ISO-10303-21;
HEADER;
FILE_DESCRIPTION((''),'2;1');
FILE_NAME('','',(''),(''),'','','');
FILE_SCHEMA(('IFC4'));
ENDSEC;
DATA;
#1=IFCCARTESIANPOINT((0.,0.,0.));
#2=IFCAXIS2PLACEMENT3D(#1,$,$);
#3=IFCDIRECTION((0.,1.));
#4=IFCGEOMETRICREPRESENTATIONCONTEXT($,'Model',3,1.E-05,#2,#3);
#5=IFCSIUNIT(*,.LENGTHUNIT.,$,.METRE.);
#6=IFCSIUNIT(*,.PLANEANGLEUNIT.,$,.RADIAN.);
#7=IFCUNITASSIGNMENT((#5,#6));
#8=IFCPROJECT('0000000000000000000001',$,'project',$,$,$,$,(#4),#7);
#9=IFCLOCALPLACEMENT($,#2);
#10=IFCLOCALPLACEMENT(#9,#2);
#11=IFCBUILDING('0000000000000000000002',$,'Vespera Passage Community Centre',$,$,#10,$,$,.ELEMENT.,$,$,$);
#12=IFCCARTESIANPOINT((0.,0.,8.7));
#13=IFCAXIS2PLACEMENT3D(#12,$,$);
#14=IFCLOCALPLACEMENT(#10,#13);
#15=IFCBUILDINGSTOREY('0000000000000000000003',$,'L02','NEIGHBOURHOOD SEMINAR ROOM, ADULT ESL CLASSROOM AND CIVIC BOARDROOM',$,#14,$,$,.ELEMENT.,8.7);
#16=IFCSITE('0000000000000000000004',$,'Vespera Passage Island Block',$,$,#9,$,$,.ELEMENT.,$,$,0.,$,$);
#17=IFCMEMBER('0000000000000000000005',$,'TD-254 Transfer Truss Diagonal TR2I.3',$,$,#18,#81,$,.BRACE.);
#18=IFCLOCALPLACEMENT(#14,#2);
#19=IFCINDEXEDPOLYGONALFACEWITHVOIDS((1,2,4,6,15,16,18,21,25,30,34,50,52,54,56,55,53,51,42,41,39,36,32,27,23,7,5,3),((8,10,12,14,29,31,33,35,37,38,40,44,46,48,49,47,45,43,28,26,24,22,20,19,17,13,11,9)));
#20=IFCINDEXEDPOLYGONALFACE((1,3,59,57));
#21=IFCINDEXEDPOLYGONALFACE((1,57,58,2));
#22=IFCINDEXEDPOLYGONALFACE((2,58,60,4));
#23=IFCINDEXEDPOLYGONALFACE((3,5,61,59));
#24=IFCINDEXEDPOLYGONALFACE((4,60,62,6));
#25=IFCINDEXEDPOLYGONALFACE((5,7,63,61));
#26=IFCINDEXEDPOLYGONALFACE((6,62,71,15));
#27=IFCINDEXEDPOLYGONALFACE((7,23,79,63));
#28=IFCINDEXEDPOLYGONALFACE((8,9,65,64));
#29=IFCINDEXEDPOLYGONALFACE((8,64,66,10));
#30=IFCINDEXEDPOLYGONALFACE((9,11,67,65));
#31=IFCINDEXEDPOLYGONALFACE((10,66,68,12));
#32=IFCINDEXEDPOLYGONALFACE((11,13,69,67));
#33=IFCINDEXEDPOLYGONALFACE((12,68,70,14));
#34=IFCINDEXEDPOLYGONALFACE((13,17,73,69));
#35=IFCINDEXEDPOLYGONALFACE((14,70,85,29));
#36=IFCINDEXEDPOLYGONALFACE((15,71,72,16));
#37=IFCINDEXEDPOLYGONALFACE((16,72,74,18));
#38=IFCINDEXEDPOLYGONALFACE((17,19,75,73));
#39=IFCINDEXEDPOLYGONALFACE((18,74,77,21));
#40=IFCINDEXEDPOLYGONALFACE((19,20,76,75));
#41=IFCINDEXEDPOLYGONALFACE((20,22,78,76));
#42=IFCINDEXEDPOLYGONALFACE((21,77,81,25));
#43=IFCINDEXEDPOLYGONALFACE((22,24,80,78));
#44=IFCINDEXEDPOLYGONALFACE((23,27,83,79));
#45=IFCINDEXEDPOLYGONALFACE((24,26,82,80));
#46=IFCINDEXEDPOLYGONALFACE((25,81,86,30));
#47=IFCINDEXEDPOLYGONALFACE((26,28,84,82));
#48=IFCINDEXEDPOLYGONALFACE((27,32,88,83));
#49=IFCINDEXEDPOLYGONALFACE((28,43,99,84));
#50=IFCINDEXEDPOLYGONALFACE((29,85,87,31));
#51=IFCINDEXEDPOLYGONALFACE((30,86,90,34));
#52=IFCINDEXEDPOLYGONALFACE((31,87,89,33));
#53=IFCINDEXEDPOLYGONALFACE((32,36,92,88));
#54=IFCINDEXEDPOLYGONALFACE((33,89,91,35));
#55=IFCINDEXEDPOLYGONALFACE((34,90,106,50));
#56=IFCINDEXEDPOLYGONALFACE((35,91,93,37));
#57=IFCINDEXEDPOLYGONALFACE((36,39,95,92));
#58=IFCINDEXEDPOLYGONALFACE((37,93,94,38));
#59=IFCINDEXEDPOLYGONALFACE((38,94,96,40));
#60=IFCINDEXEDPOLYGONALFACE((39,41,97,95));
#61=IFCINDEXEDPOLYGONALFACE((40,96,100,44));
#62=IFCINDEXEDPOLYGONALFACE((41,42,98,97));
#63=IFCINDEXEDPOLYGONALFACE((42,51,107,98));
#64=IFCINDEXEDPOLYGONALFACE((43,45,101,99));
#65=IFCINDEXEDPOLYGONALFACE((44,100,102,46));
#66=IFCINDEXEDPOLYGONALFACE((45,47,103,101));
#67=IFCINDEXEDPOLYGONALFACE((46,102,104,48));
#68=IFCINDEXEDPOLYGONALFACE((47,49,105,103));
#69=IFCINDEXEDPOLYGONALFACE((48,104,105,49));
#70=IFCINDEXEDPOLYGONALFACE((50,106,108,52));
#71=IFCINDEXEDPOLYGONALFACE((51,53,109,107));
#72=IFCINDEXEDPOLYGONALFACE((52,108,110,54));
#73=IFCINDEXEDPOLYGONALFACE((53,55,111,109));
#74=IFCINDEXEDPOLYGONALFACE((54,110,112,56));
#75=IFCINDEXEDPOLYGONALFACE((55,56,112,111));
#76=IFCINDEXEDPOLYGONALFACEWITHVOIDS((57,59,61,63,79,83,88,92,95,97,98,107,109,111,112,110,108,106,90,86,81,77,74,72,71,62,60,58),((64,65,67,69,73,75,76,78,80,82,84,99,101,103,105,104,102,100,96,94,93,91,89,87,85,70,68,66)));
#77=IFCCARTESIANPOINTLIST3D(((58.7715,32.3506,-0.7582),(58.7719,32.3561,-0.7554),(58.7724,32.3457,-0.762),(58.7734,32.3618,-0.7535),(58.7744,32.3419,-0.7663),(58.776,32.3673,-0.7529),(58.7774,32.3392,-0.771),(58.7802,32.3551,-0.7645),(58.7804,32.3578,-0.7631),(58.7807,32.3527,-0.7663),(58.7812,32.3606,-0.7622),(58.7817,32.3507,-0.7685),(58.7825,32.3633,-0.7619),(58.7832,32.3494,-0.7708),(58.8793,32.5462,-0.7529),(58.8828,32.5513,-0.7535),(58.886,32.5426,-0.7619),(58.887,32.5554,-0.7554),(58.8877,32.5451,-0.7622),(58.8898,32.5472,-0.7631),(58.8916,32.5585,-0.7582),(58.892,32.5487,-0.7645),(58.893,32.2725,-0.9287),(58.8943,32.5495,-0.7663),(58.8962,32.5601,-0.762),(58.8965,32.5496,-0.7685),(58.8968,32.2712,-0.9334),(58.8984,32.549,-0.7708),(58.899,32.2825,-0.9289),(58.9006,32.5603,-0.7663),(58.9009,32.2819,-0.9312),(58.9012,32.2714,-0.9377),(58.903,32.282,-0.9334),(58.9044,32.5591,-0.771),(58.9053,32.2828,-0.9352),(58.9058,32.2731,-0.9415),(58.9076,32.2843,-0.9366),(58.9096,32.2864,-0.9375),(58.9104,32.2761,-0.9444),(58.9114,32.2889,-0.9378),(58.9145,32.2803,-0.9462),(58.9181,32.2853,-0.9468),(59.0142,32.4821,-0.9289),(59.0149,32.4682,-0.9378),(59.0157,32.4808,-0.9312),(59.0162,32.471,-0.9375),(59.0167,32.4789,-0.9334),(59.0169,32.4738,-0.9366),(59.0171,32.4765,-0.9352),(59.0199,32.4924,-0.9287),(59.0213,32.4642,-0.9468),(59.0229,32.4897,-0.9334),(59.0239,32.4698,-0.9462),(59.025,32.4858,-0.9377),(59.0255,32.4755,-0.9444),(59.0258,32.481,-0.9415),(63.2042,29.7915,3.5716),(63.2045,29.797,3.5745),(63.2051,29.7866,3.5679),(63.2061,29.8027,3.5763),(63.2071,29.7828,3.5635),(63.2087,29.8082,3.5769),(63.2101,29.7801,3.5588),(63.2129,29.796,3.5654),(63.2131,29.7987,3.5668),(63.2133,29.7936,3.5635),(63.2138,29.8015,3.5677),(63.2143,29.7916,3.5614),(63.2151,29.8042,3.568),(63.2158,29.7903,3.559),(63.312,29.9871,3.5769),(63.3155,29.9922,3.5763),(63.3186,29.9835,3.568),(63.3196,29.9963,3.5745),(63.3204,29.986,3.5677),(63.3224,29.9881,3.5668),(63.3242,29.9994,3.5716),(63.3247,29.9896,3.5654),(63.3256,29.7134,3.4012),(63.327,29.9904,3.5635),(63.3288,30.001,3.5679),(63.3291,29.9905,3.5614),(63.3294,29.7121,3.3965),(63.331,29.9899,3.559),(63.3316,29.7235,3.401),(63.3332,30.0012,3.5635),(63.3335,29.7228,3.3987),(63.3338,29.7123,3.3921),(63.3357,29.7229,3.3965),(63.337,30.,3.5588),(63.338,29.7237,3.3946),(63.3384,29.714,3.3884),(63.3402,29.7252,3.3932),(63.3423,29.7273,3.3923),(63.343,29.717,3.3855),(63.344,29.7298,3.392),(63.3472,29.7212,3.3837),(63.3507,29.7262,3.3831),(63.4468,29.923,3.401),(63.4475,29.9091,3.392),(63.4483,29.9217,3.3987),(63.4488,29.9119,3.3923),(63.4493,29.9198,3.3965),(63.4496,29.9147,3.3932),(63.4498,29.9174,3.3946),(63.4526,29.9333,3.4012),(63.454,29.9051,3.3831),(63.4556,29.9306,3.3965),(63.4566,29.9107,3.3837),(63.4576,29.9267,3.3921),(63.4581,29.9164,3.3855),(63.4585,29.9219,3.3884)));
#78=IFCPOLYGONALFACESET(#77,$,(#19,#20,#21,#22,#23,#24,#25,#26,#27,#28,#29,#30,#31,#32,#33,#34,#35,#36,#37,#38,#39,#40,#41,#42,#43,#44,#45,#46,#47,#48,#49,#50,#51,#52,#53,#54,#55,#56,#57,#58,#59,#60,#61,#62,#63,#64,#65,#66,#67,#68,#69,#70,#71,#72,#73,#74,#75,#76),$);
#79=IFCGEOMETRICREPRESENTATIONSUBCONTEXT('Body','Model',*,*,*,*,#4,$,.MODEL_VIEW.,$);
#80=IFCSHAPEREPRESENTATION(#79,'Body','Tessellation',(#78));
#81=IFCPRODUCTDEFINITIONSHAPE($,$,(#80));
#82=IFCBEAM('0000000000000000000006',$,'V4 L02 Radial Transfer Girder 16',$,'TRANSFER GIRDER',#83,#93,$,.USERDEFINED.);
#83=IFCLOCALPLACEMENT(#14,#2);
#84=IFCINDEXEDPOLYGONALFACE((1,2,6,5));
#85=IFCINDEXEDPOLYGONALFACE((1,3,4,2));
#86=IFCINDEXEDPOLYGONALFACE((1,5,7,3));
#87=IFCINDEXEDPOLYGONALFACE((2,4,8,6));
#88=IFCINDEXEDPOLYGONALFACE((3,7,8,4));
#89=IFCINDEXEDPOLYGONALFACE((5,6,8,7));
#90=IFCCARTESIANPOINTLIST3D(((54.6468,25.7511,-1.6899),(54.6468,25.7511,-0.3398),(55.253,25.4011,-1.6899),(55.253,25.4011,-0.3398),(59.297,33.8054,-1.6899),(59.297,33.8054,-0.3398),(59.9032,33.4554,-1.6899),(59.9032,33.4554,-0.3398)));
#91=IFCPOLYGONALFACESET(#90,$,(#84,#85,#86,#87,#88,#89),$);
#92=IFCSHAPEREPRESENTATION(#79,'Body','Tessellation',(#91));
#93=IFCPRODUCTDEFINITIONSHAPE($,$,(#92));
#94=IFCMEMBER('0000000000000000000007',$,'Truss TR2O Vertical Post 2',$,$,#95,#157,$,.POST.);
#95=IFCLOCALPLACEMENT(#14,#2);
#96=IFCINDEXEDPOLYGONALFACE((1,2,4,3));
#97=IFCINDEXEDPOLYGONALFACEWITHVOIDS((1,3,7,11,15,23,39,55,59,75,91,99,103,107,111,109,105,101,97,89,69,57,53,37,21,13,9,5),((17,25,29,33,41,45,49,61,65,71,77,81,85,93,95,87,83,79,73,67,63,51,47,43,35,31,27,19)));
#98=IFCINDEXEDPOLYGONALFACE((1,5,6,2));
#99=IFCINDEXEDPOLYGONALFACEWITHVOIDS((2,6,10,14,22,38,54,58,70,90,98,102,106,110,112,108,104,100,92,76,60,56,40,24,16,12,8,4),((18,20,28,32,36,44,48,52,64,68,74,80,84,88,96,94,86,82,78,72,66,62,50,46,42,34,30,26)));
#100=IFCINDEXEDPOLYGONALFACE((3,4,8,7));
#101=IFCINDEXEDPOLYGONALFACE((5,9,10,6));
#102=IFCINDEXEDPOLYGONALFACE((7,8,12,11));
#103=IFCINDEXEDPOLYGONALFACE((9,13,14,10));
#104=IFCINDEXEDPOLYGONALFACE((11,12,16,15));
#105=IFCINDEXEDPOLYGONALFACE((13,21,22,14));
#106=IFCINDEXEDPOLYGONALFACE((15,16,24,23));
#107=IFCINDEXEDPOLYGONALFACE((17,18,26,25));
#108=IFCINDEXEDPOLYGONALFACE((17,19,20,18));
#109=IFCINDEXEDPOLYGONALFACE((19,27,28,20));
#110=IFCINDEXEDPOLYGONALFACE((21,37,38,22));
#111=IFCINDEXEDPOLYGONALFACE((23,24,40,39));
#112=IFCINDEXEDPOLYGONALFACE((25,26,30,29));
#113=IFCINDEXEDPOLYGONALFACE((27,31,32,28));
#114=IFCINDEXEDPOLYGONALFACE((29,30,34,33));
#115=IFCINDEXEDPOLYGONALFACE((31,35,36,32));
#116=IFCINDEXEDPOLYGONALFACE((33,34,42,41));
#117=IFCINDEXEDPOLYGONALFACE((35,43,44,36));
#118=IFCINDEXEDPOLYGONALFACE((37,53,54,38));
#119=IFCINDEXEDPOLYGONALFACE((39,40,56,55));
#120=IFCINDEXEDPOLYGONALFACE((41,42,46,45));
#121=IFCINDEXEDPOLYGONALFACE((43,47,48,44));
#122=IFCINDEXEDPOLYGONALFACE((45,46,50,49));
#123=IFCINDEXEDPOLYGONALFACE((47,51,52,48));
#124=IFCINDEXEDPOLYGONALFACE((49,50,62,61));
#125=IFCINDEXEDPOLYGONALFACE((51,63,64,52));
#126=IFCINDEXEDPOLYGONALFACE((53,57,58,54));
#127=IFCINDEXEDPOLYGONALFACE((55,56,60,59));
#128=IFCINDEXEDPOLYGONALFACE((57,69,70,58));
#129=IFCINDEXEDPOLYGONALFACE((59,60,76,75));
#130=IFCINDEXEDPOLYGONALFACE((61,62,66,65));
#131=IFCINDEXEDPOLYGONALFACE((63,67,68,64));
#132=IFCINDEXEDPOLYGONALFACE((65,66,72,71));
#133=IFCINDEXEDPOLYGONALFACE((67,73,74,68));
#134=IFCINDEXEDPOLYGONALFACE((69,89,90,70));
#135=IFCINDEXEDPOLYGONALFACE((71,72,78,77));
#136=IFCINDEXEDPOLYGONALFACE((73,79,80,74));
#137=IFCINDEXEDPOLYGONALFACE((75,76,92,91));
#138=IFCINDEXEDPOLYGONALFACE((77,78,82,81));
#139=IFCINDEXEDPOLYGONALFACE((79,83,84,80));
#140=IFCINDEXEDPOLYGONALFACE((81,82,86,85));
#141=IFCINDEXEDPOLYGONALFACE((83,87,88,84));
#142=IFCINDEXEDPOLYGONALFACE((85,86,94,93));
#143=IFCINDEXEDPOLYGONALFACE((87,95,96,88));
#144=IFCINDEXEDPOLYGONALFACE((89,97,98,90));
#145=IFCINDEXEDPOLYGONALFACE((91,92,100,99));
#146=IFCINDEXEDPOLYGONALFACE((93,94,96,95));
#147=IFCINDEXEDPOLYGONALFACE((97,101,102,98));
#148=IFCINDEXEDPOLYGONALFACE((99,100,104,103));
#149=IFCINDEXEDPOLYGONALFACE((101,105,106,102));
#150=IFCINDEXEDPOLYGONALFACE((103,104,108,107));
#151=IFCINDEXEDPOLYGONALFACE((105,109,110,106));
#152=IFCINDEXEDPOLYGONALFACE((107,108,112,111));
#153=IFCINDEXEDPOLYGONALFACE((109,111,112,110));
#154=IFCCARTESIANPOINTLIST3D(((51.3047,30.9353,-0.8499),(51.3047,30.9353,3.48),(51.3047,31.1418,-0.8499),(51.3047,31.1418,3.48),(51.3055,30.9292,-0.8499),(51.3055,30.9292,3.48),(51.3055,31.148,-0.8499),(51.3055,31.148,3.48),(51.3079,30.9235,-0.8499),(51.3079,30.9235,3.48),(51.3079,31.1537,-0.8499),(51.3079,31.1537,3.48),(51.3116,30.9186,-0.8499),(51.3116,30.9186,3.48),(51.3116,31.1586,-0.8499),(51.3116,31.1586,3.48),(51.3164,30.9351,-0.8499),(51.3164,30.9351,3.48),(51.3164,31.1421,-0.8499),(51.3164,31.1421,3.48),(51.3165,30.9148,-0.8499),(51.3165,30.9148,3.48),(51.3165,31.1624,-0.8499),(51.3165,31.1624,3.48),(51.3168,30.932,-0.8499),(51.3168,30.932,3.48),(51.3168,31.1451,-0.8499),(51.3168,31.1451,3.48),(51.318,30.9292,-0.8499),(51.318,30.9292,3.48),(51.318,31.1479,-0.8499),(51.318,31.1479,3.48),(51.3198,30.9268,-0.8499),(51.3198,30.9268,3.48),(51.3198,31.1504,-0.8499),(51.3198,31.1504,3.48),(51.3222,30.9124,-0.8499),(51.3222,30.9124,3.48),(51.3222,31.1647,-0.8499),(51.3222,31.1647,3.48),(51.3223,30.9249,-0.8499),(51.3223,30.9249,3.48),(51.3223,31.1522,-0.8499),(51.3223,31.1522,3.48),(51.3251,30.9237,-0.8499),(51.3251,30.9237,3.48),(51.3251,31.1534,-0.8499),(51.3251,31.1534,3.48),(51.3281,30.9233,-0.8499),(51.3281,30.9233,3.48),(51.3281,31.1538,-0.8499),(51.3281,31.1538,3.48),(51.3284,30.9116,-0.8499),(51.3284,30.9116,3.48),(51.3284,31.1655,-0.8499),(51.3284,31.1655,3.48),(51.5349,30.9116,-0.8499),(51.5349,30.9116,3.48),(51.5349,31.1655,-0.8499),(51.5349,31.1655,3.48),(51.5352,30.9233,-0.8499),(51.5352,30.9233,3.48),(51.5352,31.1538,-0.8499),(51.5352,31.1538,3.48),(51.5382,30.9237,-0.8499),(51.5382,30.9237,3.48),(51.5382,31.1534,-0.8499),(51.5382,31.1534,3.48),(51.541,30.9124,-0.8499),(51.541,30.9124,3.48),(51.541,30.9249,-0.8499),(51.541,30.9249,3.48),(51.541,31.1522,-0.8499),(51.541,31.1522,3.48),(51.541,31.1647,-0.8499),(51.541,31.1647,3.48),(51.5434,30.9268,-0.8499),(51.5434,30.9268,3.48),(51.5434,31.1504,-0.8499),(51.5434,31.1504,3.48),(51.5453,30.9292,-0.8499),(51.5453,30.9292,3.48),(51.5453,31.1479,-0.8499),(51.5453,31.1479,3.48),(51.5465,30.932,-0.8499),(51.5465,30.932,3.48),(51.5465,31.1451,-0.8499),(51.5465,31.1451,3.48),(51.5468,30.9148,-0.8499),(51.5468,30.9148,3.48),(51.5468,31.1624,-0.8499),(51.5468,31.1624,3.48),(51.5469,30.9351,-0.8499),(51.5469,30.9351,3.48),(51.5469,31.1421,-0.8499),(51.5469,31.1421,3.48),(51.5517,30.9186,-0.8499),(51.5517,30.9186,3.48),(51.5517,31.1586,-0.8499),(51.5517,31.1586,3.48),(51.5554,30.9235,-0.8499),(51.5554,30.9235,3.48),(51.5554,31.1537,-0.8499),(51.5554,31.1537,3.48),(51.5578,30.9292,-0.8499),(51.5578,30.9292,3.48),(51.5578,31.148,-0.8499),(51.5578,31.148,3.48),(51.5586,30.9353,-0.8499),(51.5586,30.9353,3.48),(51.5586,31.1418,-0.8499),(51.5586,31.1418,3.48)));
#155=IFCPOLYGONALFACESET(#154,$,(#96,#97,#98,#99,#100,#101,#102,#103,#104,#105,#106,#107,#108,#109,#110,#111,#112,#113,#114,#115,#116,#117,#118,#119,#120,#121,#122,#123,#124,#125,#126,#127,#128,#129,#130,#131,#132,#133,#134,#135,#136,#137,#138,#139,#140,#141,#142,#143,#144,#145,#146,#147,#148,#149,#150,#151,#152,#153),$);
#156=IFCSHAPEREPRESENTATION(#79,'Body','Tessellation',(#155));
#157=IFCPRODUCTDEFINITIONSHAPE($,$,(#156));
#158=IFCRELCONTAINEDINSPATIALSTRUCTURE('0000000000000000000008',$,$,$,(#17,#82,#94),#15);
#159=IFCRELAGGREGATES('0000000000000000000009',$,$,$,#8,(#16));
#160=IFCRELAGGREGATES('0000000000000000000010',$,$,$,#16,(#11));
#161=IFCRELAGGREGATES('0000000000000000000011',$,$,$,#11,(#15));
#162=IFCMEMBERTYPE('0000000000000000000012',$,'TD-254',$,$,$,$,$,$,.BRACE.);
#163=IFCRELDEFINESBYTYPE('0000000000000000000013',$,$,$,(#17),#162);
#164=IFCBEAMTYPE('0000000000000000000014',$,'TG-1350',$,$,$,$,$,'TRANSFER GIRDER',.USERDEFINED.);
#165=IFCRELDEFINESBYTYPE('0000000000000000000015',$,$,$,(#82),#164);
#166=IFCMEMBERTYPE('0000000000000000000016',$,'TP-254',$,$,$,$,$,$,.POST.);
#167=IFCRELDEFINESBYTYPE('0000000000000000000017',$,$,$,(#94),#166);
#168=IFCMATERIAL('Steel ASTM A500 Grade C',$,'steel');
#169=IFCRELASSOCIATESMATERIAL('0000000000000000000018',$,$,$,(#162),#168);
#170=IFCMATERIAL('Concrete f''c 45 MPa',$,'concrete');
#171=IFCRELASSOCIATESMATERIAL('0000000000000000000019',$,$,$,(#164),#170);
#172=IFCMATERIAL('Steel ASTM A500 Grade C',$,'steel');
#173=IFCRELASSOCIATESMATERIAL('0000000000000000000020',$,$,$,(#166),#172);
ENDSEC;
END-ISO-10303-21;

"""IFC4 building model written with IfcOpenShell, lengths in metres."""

from ifc_helpers import new_model, si_unit, direction, frame, origin, origin_2d, place, context, subcontext, project, spatial, rectangle, hollow_rectangle, extrude, material, material_profile, profile_set, type_object, element, save


model = new_model("IFC4")

# Units and contexts
model_context = context("Model", 3, precision=1e-05, world=origin(), true_north=direction((0.0, 1.0)))
body_context = subcontext(model_context, "Body", "Model", "MODEL_VIEW")
ifc_project = project(units=[si_unit("LENGTHUNIT", "METRE"), si_unit("PLANEANGLEUNIT", "RADIAN")], contexts=[model_context])

# Site, building, storey
site_placement = place(None, origin())
site = spatial("IfcSite", under=ifc_project, at=site_placement, Name="Vespera Passage Island Block", CompositionType="ELEMENT", RefElevation=0.0)
building_placement = place(site_placement, origin())
building = spatial("IfcBuilding", under=site, at=building_placement, Name="Vespera Passage Community Centre", CompositionType="ELEMENT")
storey_placement = place(building_placement, frame((0.0, 0.0, 8.7)))
storey = spatial("IfcBuildingStorey", under=building, at=storey_placement, Name="L02", Description="NEIGHBOURHOOD SEMINAR ROOM, ADULT ESL CLASSROOM AND CIVIC BOARDROOM", CompositionType="ELEMENT", Elevation=8.7)

# Member
ifc_material_1 = material(Name="Steel ASTM A500 Grade C", Category="steel")
ifc_material_profile_1 = material_profile(ifc_material_1, hollow_rectangle(XDim=0.2539, YDim=0.2539, WallThickness=0.0117, InnerFilletRadius=0.0117, OuterFilletRadius=0.0237, at=origin_2d()), Name="HSS254X254X12.7")
ifc_profile_set_1 = profile_set([ifc_material_profile_1], Name="Steel ASTM A500 Grade C")
member_type_1 = type_object("IfcMemberType", Name="TD-254", PredefinedType="BRACE", material=ifc_profile_set_1)
member_1_placement = place(storey_placement, frame((58.8987, 32.4158, -0.8499), z_axis=(0.661184, -0.381721, 0.645852), x_axis=(0.499987, 0.866033, 0.0)))
element("IfcMember", 1, at=member_1_placement, inside=storey, type_object=member_type_1, Name="TD-254 Transfer Truss Diagonal TR2I.3", PredefinedType="BRACE", context=body_context, shape_type="SweptSolid", body=[
    extrude(hollow_rectangle(XDim=0.2539, YDim=0.2539, WallThickness=0.0117, InnerFilletRadius=0.0117, OuterFilletRadius=0.0237, at=origin_2d()), origin(), (0.0, 0.0, 1.0), 6.7041),
])

# Beam
ifc_material_2 = material(Name="Concrete f'c 45 MPa", Category="concrete")
ifc_material_profile_2 = material_profile(ifc_material_2, rectangle(XDim=0.7, YDim=1.3501, at=origin_2d()), Name="RC700X1350")
ifc_profile_set_2 = profile_set([ifc_material_profile_2], Name="Concrete f'c 45 MPa")
beam_type_1 = type_object("IfcBeamType", Name="TG-1350", ElementType="TRANSFER GIRDER", PredefinedType="USERDEFINED", material=ifc_profile_set_2)
beam_1_placement = place(storey_placement, frame((59.6001, 33.6304, -1.0149), z_axis=(-0.500004, -0.866023, 0.0), x_axis=(0.866023, -0.500004, 0.0)))
element("IfcBeam", 2, at=beam_1_placement, inside=storey, type_object=beam_type_1, Name="V4 L02 Radial Transfer Girder 16", ObjectType="TRANSFER GIRDER", PredefinedType="USERDEFINED", context=body_context, shape_type="SweptSolid", body=[
    extrude(rectangle(XDim=0.7, YDim=1.3501, at=origin_2d()), origin(), (0.0, 0.0, 1.0), 9.3003),
])

# Member
ifc_material_3 = material(Name="Steel ASTM A500 Grade C", Category="steel")
ifc_material_profile_3 = material_profile(ifc_material_3, hollow_rectangle(XDim=0.2539, YDim=0.2539, WallThickness=0.0117, InnerFilletRadius=0.0117, OuterFilletRadius=0.0237, at=origin_2d()), Name="HSS254X254X12.7")
ifc_profile_set_3 = profile_set([ifc_material_profile_3], Name="Steel ASTM A500 Grade C")
member_type_2 = type_object("IfcMemberType", Name="TP-254", PredefinedType="POST", material=ifc_profile_set_3)
for number, where, z_axis, x_axis, name in (
    (3, (51.4316, 31.0386, -0.8499), (0.0, 0.0, 1.0), (1.0, 0.0, 0.0), "Truss TR2O Vertical Post 2"),
):
    element("IfcMember", number, at=place(storey_placement, frame(where, z_axis=z_axis, x_axis=x_axis)), inside=storey, type_object=member_type_2, Name=name, PredefinedType="POST", context=body_context, shape_type="SweptSolid", body=[
        extrude(hollow_rectangle(XDim=0.2539, YDim=0.2539, WallThickness=0.0117, InnerFilletRadius=0.0117, OuterFilletRadius=0.0237, at=origin_2d()), origin(), (0.0, 0.0, 1.0), 4.3298),
    ])

save(model, "model.ifc")
